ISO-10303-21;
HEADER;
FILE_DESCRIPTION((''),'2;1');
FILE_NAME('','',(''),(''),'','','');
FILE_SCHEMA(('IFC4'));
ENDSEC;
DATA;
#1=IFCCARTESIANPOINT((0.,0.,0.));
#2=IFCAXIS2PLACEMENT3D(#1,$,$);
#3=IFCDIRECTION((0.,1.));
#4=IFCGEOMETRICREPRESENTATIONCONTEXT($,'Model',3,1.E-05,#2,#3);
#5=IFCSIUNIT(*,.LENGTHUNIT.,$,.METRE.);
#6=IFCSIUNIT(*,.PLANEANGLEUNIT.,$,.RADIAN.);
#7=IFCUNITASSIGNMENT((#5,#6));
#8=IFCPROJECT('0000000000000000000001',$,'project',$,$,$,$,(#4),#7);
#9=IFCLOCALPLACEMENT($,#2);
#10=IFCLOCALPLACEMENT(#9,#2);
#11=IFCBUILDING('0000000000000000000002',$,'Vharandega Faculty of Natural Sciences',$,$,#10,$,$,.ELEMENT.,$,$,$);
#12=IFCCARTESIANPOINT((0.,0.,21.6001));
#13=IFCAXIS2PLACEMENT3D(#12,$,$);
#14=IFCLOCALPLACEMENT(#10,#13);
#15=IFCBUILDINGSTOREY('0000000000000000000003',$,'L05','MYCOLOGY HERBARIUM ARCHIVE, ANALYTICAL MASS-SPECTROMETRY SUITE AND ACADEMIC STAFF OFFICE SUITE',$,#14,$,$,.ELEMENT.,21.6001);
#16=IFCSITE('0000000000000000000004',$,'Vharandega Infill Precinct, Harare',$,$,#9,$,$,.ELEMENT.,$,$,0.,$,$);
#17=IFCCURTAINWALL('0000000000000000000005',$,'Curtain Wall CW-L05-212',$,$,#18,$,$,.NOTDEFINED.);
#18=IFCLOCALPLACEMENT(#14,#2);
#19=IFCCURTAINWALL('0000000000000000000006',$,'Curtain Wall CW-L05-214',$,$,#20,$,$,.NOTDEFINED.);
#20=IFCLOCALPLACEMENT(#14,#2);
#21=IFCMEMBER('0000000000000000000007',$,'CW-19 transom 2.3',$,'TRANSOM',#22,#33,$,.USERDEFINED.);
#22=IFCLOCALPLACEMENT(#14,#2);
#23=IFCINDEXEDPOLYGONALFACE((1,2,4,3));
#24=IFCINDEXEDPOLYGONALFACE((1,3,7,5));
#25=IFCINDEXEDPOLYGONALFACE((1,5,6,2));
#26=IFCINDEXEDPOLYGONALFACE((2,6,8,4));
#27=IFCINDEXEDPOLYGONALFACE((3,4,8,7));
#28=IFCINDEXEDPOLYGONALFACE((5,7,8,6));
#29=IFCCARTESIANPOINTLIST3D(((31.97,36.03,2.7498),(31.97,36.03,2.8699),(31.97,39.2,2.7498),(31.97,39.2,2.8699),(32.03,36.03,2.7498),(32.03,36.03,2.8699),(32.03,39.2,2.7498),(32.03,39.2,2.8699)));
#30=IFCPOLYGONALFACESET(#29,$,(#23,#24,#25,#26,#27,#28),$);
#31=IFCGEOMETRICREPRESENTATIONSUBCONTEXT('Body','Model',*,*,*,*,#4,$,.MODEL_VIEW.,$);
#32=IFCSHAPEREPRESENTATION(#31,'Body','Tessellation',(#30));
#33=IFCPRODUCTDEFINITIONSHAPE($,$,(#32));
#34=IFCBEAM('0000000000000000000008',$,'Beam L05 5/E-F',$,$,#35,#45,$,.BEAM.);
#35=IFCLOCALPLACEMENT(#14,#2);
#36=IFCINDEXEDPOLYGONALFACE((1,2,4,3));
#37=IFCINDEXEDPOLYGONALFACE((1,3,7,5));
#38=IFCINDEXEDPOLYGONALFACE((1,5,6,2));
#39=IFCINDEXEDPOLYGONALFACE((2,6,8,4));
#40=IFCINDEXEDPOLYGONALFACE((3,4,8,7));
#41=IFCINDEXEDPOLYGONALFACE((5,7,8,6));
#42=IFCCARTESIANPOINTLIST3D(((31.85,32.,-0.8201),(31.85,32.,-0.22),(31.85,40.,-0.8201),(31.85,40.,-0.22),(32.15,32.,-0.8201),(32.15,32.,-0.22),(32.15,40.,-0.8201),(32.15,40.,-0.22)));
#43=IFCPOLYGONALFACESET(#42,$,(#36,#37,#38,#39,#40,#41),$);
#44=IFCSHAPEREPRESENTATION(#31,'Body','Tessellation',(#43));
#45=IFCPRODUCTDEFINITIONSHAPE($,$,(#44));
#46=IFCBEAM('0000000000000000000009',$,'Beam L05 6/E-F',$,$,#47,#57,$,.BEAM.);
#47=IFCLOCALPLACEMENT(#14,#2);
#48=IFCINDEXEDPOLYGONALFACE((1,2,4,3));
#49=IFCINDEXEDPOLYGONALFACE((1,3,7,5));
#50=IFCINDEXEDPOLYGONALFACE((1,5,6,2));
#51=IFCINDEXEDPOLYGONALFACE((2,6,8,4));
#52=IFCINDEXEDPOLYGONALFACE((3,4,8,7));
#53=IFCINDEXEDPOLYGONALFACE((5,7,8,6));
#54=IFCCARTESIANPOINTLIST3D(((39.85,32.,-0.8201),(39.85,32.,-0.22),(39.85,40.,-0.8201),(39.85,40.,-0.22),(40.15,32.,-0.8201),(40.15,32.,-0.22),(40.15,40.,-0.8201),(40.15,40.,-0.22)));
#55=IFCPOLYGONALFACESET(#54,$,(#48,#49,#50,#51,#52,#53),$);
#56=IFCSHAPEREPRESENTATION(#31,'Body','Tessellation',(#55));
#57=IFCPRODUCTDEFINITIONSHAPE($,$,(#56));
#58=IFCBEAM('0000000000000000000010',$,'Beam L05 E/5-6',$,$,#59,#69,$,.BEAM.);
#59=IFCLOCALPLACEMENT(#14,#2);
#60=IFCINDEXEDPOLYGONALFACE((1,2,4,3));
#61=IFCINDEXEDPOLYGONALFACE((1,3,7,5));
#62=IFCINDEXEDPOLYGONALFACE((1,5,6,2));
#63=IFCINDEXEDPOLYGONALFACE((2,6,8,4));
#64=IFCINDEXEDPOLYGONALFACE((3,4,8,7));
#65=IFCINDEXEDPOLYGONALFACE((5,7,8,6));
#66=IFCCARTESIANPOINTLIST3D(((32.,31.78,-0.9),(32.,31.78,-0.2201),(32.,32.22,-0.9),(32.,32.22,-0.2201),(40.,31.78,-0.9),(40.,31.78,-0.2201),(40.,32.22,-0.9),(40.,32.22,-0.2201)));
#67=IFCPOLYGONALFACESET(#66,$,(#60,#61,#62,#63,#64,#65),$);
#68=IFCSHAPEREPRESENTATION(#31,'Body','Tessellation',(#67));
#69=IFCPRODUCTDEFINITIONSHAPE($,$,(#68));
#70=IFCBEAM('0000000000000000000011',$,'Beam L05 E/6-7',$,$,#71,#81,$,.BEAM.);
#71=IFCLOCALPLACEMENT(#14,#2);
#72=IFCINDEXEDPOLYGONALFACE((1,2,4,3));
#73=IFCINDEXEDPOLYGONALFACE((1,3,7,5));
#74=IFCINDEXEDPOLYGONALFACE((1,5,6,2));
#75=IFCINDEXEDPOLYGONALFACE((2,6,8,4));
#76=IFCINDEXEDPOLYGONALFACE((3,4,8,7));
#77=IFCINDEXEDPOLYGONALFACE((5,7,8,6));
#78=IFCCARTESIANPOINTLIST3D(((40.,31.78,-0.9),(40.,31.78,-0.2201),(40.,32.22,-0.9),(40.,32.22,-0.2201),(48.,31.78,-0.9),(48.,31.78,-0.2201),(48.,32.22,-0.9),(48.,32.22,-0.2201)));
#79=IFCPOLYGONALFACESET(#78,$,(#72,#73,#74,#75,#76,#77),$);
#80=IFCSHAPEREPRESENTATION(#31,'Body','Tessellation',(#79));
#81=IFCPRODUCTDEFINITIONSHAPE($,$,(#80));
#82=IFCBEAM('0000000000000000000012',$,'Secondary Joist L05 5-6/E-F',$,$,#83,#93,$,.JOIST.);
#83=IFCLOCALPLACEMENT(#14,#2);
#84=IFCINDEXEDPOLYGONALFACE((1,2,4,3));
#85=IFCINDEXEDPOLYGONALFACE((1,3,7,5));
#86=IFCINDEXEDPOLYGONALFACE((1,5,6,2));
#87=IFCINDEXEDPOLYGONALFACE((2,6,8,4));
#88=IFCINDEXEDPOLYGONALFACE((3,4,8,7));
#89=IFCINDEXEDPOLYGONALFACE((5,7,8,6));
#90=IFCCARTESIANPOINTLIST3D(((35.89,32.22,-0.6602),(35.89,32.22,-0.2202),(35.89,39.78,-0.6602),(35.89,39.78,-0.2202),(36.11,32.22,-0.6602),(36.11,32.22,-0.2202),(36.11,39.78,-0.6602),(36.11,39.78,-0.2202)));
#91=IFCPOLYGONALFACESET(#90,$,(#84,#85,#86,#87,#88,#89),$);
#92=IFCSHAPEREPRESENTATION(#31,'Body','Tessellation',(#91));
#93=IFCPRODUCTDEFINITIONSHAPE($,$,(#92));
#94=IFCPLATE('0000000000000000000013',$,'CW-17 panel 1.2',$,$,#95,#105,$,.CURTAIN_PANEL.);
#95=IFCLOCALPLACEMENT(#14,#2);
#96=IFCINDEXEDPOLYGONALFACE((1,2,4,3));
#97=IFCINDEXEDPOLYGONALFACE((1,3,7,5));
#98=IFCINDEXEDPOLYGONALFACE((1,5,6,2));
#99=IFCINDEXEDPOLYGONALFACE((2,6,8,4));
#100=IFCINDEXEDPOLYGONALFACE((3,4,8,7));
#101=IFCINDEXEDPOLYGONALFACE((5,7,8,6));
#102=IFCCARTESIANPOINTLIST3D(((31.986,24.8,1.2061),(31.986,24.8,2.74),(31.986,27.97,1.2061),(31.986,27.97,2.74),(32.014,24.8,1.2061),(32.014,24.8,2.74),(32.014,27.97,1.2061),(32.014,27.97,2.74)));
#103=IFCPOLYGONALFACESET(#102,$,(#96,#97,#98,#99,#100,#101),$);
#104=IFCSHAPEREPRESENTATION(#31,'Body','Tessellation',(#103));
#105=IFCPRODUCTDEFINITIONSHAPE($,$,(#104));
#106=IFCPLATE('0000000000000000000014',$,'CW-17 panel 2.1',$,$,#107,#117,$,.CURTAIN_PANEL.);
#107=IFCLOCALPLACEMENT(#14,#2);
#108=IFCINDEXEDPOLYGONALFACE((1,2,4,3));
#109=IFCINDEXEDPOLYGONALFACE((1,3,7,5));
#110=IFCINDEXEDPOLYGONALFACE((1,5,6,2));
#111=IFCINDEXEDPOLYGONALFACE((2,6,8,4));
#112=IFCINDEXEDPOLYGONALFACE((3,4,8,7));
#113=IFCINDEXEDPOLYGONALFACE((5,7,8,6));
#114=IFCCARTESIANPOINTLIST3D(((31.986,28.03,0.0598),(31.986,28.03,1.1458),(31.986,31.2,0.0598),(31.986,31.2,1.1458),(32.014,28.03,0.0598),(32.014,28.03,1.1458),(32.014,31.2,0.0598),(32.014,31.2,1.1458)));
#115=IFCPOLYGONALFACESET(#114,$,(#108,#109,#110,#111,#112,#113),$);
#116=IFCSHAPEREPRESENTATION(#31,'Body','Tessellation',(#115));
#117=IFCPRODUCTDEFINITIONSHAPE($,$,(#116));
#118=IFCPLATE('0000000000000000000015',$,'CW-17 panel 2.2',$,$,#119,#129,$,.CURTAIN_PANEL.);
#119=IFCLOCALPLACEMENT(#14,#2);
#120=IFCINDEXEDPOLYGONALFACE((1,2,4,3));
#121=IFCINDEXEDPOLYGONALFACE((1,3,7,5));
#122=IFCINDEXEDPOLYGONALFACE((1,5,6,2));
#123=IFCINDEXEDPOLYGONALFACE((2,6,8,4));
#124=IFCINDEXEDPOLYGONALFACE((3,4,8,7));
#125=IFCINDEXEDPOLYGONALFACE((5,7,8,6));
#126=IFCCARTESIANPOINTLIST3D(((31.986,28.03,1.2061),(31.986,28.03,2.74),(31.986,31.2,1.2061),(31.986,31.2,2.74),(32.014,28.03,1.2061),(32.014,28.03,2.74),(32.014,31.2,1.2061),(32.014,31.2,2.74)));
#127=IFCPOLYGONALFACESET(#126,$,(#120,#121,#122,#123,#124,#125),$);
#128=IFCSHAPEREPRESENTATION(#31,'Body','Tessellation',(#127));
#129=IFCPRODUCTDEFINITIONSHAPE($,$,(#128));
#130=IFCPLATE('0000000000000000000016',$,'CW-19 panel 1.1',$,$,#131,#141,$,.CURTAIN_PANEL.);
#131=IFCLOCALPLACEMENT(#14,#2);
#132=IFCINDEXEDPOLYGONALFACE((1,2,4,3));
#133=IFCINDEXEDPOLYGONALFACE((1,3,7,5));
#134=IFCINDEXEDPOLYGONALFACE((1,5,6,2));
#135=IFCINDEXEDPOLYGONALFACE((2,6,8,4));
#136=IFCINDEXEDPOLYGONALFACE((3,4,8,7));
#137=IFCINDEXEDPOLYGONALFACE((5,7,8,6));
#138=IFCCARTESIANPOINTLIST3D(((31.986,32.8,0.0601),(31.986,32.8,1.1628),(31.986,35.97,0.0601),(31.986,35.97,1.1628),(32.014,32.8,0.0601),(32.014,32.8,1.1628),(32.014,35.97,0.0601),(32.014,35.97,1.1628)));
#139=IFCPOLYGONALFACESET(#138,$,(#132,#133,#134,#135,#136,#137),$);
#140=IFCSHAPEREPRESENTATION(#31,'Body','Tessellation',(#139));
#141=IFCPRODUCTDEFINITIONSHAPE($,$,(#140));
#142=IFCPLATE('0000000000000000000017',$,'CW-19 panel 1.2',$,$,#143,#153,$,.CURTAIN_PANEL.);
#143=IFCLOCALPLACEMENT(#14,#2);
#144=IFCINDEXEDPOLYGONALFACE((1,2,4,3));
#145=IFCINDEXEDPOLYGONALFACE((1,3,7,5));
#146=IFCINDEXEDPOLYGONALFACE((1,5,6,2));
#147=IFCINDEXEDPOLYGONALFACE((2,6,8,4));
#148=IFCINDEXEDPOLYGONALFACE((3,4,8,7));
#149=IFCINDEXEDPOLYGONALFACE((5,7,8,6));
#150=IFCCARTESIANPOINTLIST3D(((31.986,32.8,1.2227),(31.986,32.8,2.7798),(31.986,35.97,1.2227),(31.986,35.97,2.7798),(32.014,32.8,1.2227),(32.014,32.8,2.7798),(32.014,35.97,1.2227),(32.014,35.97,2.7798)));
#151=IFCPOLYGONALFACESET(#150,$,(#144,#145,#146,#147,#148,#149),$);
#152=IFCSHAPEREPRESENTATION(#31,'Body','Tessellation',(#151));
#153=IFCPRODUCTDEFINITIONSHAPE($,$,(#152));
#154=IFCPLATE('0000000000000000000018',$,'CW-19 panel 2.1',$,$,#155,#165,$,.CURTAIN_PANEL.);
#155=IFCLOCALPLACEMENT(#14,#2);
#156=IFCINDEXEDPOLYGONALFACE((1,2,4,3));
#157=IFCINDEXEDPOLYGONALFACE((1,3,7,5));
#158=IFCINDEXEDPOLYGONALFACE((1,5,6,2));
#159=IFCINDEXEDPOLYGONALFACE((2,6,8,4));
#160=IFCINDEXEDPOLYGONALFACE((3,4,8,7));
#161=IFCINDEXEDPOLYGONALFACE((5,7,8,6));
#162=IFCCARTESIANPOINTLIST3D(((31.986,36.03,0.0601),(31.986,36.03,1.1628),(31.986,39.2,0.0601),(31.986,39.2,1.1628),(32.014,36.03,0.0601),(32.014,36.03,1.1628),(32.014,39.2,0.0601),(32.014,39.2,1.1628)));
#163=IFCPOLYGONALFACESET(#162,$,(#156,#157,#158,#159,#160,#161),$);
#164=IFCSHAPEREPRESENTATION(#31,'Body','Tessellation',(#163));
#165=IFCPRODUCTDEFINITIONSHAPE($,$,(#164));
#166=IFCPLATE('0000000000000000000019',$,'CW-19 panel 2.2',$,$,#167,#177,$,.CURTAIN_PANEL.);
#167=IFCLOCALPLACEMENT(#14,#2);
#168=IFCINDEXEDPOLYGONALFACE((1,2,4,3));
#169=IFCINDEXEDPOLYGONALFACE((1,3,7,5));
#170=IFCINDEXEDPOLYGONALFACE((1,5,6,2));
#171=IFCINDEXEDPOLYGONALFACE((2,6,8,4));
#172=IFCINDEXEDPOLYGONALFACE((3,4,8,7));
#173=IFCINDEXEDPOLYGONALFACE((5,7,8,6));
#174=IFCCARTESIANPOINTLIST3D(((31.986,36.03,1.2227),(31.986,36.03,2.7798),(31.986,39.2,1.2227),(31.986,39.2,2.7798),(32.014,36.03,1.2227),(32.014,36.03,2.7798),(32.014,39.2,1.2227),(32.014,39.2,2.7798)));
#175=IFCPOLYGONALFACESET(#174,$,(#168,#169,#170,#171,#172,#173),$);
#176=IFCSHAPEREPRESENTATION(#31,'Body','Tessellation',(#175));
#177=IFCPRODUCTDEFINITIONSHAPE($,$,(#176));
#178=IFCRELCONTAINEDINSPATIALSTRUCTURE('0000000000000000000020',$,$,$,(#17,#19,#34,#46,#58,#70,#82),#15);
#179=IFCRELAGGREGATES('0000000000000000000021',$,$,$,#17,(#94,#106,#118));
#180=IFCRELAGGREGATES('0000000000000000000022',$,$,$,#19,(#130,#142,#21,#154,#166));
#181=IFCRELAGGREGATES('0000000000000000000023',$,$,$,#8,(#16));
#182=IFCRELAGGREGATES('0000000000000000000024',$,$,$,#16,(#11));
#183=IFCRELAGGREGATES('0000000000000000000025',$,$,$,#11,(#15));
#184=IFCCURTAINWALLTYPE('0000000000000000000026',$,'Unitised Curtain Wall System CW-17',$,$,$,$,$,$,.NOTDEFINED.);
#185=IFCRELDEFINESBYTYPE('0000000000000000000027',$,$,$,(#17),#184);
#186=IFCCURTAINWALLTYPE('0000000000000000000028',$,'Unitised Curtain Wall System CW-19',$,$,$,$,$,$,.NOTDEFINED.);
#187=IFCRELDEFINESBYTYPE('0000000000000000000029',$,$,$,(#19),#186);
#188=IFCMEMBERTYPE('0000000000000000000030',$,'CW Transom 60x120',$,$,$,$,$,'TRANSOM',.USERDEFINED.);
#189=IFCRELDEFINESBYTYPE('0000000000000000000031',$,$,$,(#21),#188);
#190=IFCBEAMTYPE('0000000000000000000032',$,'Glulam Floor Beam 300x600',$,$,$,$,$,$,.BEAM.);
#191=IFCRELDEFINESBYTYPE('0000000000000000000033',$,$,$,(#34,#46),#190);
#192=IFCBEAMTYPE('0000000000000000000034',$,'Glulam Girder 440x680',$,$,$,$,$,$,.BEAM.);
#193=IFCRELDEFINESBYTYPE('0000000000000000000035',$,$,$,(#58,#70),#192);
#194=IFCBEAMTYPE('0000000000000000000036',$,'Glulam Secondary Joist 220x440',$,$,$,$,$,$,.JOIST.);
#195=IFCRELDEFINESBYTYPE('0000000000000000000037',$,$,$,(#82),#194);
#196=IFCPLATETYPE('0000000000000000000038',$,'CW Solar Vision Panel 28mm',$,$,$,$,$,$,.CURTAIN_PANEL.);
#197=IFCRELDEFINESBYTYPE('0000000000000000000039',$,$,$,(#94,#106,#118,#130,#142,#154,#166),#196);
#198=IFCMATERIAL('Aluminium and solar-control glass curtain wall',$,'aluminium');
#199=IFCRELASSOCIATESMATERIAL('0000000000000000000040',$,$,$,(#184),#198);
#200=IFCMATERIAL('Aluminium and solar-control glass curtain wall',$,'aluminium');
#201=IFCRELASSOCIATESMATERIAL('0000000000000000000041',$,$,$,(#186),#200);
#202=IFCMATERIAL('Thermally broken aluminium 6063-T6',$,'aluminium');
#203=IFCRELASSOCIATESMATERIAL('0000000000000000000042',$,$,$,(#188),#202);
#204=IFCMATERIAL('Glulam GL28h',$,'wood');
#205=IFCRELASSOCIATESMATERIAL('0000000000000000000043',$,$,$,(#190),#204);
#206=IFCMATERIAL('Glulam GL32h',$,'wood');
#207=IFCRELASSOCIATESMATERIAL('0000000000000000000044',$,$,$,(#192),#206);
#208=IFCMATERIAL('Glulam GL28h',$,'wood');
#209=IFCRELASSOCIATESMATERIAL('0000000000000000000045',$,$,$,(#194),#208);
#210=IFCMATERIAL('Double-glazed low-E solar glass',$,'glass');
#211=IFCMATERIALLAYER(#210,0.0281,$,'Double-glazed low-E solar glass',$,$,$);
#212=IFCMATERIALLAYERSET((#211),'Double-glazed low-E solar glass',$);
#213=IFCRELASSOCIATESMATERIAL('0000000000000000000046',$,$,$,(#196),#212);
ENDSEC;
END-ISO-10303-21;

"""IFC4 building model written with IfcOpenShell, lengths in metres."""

from ifc_helpers import new_model, si_unit, direction, frame, origin, origin_2d, place, context, subcontext, project, spatial, rectangle, extrude, material, layer, layer_set, material_profile, profile_set, type_object, element, aggregate, save


model = new_model("IFC4")

# Units and contexts
model_context = context("Model", 3, precision=1e-05, world=origin(), true_north=direction((0.0, 1.0)))
body_context = subcontext(model_context, "Body", "Model", "MODEL_VIEW")
ifc_project = project(units=[si_unit("LENGTHUNIT", "METRE"), si_unit("PLANEANGLEUNIT", "RADIAN")], contexts=[model_context])

# Site, building, storey
site_placement = place(None, origin())
site = spatial("IfcSite", under=ifc_project, at=site_placement, Name="Vharandega Infill Precinct, Harare", CompositionType="ELEMENT", RefElevation=0.0)
building_placement = place(site_placement, origin())
building = spatial("IfcBuilding", under=site, at=building_placement, Name="Vharandega Faculty of Natural Sciences", CompositionType="ELEMENT")
storey_placement = place(building_placement, frame((0.0, 0.0, 21.6001)))
storey = spatial("IfcBuildingStorey", under=building, at=storey_placement, Name="L05", Description="MYCOLOGY HERBARIUM ARCHIVE, ANALYTICAL MASS-SPECTROMETRY SUITE AND ACADEMIC STAFF OFFICE SUITE", CompositionType="ELEMENT", Elevation=21.6001)

# Curtain walls
ifc_material_1 = material(Name="Aluminium and solar-control glass curtain wall", Category="aluminium")
curtain_wall_type_1 = type_object("IfcCurtainWallType", Name="Unitised Curtain Wall System CW-17", PredefinedType="NOTDEFINED", material=ifc_material_1)
curtain_wall_1_placement = place(storey_placement, origin())
curtain_wall_1 = element("IfcCurtainWall", 1, at=curtain_wall_1_placement, inside=storey, type_object=curtain_wall_type_1, Name="Curtain Wall CW-L05-212", PredefinedType="NOTDEFINED")
ifc_material_2 = material(Name="Aluminium and solar-control glass curtain wall", Category="aluminium")
curtain_wall_type_2 = type_object("IfcCurtainWallType", Name="Unitised Curtain Wall System CW-19", PredefinedType="NOTDEFINED", material=ifc_material_2)
curtain_wall_2_placement = place(storey_placement, origin())
curtain_wall_2 = element("IfcCurtainWall", 2, at=curtain_wall_2_placement, inside=storey, type_object=curtain_wall_type_2, Name="Curtain Wall CW-L05-214", PredefinedType="NOTDEFINED")

# Member
ifc_material_3 = material(Name="Thermally broken aluminium 6063-T6", Category="aluminium")
ifc_material_profile_1 = material_profile(ifc_material_3, rectangle(XDim=0.0601, YDim=0.1201, at=origin_2d()), Name="ALU 60x120")
ifc_profile_set_1 = profile_set([ifc_material_profile_1], Name="Thermally broken aluminium 6063-T6")
member_type_1 = type_object("IfcMemberType", Name="CW Transom 60x120", ElementType="TRANSOM", PredefinedType="USERDEFINED", material=ifc_profile_set_1)
member_1_placement = place(storey_placement, frame((32.0, 36.03, 2.8098), z_axis=(0.0, 1.0, 0.0), x_axis=(-1.0, 0.0, 0.0)))
member_1 = element("IfcMember", 3, at=member_1_placement, type_object=member_type_1, Name="CW-19 transom 2.3", ObjectType="TRANSOM", PredefinedType="USERDEFINED", context=body_context, shape_type="SweptSolid", body=[
    extrude(rectangle(XDim=0.0601, YDim=0.1201, at=origin_2d()), origin(), (0.0, 0.0, 1.0), 3.1699),
])

# Beams
ifc_material_4 = material(Name="Glulam GL28h", Category="wood")
ifc_material_profile_2 = material_profile(ifc_material_4, rectangle(XDim=0.3, YDim=0.6001, at=origin_2d()), Name="GL28h 300x600")
ifc_profile_set_2 = profile_set([ifc_material_profile_2], Name="Glulam GL28h")
beam_type_1 = type_object("IfcBeamType", Name="Glulam Floor Beam 300x600", PredefinedType="BEAM", material=ifc_profile_set_2)
for number, where, z_axis, x_axis, name in (
    (4, (32.0, 32.0, -0.52), (0.0, 1.0, 0.0), (-1.0, 0.0, 0.0), "Beam L05 5/E-F"),
    (5, (40.0, 32.0, -0.52), (0.0, 1.0, 0.0), (-1.0, 0.0, 0.0), "Beam L05 6/E-F"),
):
    element("IfcBeam", number, at=place(storey_placement, frame(where, z_axis=z_axis, x_axis=x_axis)), inside=storey, type_object=beam_type_1, Name=name, PredefinedType="BEAM", context=body_context, shape_type="SweptSolid", body=[
        extrude(rectangle(XDim=0.3, YDim=0.6001, at=origin_2d()), origin(), (0.0, 0.0, 1.0), 8.0),
    ])
ifc_material_5 = material(Name="Glulam GL32h", Category="wood")
ifc_material_profile_3 = material_profile(ifc_material_5, rectangle(XDim=0.4399, YDim=0.6799, at=origin_2d()), Name="GL32h 440x680")
ifc_profile_set_3 = profile_set([ifc_material_profile_3], Name="Glulam GL32h")
beam_type_2 = type_object("IfcBeamType", Name="Glulam Girder 440x680", PredefinedType="BEAM", material=ifc_profile_set_3)
for number, where, z_axis, x_axis, name in (
    (6, (32.0, 32.0, -0.5601), (1.0, 0.0, 0.0), (0.0, 1.0, 0.0), "Beam L05 E/5-6"),
    (7, (40.0, 32.0, -0.5601), (1.0, 0.0, 0.0), (0.0, 1.0, 0.0), "Beam L05 E/6-7"),
):
    element("IfcBeam", number, at=place(storey_placement, frame(where, z_axis=z_axis, x_axis=x_axis)), inside=storey, type_object=beam_type_2, Name=name, PredefinedType="BEAM", context=body_context, shape_type="SweptSolid", body=[
        extrude(rectangle(XDim=0.4399, YDim=0.6799, at=origin_2d()), origin(), (0.0, 0.0, 1.0), 8.0),
    ])
ifc_material_6 = material(Name="Glulam GL28h", Category="wood")
ifc_material_profile_4 = material_profile(ifc_material_6, rectangle(XDim=0.22, YDim=0.4399, at=origin_2d()), Name="GL28h 220x440")
ifc_profile_set_4 = profile_set([ifc_material_profile_4], Name="Glulam GL28h")
beam_type_3 = type_object("IfcBeamType", Name="Glulam Secondary Joist 220x440", PredefinedType="JOIST", material=ifc_profile_set_4)
beam_placement = place(storey_placement, frame((36.0, 32.22, -0.4402), z_axis=(0.0, 1.0, 0.0), x_axis=(-1.0, 0.0, 0.0)))
element("IfcBeam", 8, at=beam_placement, inside=storey, type_object=beam_type_3, Name="Secondary Joist L05 5-6/E-F", PredefinedType="JOIST", context=body_context, shape_type="SweptSolid", body=[
    extrude(rectangle(XDim=0.22, YDim=0.4399, at=origin_2d()), origin(), (0.0, 0.0, 1.0), 7.5601),
])

# Plates
ifc_material_7 = material(Name="Double-glazed low-E solar glass", Category="glass")
ifc_layer_1 = layer(ifc_material_7, 0.0281, Name="Double-glazed low-E solar glass")
ifc_layer_set_1 = layer_set([ifc_layer_1], Name="Double-glazed low-E solar glass")
plate_type = type_object("IfcPlateType", Name="CW Solar Vision Panel 28mm", PredefinedType="CURTAIN_PANEL", material=ifc_layer_set_1)
plate_1_placement = place(storey_placement, frame((32.0, 26.385, 1.2061), z_axis=(0.0, 0.0, 1.0), x_axis=(0.0, 1.0, 0.0)))
plate_1 = element("IfcPlate", 9, at=plate_1_placement, type_object=plate_type, Name="CW-17 panel 1.2", PredefinedType="CURTAIN_PANEL", context=body_context, shape_type="SweptSolid", body=[
    extrude(rectangle(XDim=3.1699, YDim=0.0281, at=origin_2d()), origin(), (0.0, 0.0, 1.0), 1.5339),
])
plate_2_placement = place(storey_placement, frame((32.0, 29.615, 0.0598), z_axis=(0.0, 0.0, 1.0), x_axis=(0.0, 1.0, 0.0)))
plate_2 = element("IfcPlate", 10, at=plate_2_placement, type_object=plate_type, Name="CW-17 panel 2.1", PredefinedType="CURTAIN_PANEL", context=body_context, shape_type="SweptSolid", body=[
    extrude(rectangle(XDim=3.1699, YDim=0.0281, at=origin_2d()), origin(), (0.0, 0.0, 1.0), 1.0859),
])
plate_3_placement = place(storey_placement, frame((32.0, 29.615, 1.2061), z_axis=(0.0, 0.0, 1.0), x_axis=(0.0, 1.0, 0.0)))
plate_3 = element("IfcPlate", 11, at=plate_3_placement, type_object=plate_type, Name="CW-17 panel 2.2", PredefinedType="CURTAIN_PANEL", context=body_context, shape_type="SweptSolid", body=[
    extrude(rectangle(XDim=3.1699, YDim=0.0281, at=origin_2d()), origin(), (0.0, 0.0, 1.0), 1.5339),
])
aggregate(curtain_wall_1, [plate_1, plate_2, plate_3])
plate_4_placement = place(storey_placement, frame((32.0, 34.385, 0.0601), z_axis=(0.0, 0.0, 1.0), x_axis=(0.0, 1.0, 0.0)))
plate_4 = element("IfcPlate", 12, at=plate_4_placement, type_object=plate_type, Name="CW-19 panel 1.1", PredefinedType="CURTAIN_PANEL", context=body_context, shape_type="SweptSolid", body=[
    extrude(rectangle(XDim=3.1699, YDim=0.0281, at=origin_2d()), origin(), (0.0, 0.0, 1.0), 1.1028),
])
plate_5_placement = place(storey_placement, frame((32.0, 34.385, 1.2227), z_axis=(0.0, 0.0, 1.0), x_axis=(0.0, 1.0, 0.0)))
plate_5 = element("IfcPlate", 13, at=plate_5_placement, type_object=plate_type, Name="CW-19 panel 1.2", PredefinedType="CURTAIN_PANEL", context=body_context, shape_type="SweptSolid", body=[
    extrude(rectangle(XDim=3.1699, YDim=0.0281, at=origin_2d()), origin(), (0.0, 0.0, 1.0), 1.5571),
])
plate_6_placement = place(storey_placement, frame((32.0, 37.615, 0.0601), z_axis=(0.0, 0.0, 1.0), x_axis=(0.0, 1.0, 0.0)))
plate_6 = element("IfcPlate", 14, at=plate_6_placement, type_object=plate_type, Name="CW-19 panel 2.1", PredefinedType="CURTAIN_PANEL", context=body_context, shape_type="SweptSolid", body=[
    extrude(rectangle(XDim=3.1699, YDim=0.0281, at=origin_2d()), origin(), (0.0, 0.0, 1.0), 1.1028),
])
plate_7_placement = place(storey_placement, frame((32.0, 37.615, 1.2227), z_axis=(0.0, 0.0, 1.0), x_axis=(0.0, 1.0, 0.0)))
plate_7 = element("IfcPlate", 15, at=plate_7_placement, type_object=plate_type, Name="CW-19 panel 2.2", PredefinedType="CURTAIN_PANEL", context=body_context, shape_type="SweptSolid", body=[
    extrude(rectangle(XDim=3.1699, YDim=0.0281, at=origin_2d()), origin(), (0.0, 0.0, 1.0), 1.5571),
])
aggregate(curtain_wall_2, [plate_4, plate_5, member_1, plate_6, plate_7])

save(model, "model.ifc")
